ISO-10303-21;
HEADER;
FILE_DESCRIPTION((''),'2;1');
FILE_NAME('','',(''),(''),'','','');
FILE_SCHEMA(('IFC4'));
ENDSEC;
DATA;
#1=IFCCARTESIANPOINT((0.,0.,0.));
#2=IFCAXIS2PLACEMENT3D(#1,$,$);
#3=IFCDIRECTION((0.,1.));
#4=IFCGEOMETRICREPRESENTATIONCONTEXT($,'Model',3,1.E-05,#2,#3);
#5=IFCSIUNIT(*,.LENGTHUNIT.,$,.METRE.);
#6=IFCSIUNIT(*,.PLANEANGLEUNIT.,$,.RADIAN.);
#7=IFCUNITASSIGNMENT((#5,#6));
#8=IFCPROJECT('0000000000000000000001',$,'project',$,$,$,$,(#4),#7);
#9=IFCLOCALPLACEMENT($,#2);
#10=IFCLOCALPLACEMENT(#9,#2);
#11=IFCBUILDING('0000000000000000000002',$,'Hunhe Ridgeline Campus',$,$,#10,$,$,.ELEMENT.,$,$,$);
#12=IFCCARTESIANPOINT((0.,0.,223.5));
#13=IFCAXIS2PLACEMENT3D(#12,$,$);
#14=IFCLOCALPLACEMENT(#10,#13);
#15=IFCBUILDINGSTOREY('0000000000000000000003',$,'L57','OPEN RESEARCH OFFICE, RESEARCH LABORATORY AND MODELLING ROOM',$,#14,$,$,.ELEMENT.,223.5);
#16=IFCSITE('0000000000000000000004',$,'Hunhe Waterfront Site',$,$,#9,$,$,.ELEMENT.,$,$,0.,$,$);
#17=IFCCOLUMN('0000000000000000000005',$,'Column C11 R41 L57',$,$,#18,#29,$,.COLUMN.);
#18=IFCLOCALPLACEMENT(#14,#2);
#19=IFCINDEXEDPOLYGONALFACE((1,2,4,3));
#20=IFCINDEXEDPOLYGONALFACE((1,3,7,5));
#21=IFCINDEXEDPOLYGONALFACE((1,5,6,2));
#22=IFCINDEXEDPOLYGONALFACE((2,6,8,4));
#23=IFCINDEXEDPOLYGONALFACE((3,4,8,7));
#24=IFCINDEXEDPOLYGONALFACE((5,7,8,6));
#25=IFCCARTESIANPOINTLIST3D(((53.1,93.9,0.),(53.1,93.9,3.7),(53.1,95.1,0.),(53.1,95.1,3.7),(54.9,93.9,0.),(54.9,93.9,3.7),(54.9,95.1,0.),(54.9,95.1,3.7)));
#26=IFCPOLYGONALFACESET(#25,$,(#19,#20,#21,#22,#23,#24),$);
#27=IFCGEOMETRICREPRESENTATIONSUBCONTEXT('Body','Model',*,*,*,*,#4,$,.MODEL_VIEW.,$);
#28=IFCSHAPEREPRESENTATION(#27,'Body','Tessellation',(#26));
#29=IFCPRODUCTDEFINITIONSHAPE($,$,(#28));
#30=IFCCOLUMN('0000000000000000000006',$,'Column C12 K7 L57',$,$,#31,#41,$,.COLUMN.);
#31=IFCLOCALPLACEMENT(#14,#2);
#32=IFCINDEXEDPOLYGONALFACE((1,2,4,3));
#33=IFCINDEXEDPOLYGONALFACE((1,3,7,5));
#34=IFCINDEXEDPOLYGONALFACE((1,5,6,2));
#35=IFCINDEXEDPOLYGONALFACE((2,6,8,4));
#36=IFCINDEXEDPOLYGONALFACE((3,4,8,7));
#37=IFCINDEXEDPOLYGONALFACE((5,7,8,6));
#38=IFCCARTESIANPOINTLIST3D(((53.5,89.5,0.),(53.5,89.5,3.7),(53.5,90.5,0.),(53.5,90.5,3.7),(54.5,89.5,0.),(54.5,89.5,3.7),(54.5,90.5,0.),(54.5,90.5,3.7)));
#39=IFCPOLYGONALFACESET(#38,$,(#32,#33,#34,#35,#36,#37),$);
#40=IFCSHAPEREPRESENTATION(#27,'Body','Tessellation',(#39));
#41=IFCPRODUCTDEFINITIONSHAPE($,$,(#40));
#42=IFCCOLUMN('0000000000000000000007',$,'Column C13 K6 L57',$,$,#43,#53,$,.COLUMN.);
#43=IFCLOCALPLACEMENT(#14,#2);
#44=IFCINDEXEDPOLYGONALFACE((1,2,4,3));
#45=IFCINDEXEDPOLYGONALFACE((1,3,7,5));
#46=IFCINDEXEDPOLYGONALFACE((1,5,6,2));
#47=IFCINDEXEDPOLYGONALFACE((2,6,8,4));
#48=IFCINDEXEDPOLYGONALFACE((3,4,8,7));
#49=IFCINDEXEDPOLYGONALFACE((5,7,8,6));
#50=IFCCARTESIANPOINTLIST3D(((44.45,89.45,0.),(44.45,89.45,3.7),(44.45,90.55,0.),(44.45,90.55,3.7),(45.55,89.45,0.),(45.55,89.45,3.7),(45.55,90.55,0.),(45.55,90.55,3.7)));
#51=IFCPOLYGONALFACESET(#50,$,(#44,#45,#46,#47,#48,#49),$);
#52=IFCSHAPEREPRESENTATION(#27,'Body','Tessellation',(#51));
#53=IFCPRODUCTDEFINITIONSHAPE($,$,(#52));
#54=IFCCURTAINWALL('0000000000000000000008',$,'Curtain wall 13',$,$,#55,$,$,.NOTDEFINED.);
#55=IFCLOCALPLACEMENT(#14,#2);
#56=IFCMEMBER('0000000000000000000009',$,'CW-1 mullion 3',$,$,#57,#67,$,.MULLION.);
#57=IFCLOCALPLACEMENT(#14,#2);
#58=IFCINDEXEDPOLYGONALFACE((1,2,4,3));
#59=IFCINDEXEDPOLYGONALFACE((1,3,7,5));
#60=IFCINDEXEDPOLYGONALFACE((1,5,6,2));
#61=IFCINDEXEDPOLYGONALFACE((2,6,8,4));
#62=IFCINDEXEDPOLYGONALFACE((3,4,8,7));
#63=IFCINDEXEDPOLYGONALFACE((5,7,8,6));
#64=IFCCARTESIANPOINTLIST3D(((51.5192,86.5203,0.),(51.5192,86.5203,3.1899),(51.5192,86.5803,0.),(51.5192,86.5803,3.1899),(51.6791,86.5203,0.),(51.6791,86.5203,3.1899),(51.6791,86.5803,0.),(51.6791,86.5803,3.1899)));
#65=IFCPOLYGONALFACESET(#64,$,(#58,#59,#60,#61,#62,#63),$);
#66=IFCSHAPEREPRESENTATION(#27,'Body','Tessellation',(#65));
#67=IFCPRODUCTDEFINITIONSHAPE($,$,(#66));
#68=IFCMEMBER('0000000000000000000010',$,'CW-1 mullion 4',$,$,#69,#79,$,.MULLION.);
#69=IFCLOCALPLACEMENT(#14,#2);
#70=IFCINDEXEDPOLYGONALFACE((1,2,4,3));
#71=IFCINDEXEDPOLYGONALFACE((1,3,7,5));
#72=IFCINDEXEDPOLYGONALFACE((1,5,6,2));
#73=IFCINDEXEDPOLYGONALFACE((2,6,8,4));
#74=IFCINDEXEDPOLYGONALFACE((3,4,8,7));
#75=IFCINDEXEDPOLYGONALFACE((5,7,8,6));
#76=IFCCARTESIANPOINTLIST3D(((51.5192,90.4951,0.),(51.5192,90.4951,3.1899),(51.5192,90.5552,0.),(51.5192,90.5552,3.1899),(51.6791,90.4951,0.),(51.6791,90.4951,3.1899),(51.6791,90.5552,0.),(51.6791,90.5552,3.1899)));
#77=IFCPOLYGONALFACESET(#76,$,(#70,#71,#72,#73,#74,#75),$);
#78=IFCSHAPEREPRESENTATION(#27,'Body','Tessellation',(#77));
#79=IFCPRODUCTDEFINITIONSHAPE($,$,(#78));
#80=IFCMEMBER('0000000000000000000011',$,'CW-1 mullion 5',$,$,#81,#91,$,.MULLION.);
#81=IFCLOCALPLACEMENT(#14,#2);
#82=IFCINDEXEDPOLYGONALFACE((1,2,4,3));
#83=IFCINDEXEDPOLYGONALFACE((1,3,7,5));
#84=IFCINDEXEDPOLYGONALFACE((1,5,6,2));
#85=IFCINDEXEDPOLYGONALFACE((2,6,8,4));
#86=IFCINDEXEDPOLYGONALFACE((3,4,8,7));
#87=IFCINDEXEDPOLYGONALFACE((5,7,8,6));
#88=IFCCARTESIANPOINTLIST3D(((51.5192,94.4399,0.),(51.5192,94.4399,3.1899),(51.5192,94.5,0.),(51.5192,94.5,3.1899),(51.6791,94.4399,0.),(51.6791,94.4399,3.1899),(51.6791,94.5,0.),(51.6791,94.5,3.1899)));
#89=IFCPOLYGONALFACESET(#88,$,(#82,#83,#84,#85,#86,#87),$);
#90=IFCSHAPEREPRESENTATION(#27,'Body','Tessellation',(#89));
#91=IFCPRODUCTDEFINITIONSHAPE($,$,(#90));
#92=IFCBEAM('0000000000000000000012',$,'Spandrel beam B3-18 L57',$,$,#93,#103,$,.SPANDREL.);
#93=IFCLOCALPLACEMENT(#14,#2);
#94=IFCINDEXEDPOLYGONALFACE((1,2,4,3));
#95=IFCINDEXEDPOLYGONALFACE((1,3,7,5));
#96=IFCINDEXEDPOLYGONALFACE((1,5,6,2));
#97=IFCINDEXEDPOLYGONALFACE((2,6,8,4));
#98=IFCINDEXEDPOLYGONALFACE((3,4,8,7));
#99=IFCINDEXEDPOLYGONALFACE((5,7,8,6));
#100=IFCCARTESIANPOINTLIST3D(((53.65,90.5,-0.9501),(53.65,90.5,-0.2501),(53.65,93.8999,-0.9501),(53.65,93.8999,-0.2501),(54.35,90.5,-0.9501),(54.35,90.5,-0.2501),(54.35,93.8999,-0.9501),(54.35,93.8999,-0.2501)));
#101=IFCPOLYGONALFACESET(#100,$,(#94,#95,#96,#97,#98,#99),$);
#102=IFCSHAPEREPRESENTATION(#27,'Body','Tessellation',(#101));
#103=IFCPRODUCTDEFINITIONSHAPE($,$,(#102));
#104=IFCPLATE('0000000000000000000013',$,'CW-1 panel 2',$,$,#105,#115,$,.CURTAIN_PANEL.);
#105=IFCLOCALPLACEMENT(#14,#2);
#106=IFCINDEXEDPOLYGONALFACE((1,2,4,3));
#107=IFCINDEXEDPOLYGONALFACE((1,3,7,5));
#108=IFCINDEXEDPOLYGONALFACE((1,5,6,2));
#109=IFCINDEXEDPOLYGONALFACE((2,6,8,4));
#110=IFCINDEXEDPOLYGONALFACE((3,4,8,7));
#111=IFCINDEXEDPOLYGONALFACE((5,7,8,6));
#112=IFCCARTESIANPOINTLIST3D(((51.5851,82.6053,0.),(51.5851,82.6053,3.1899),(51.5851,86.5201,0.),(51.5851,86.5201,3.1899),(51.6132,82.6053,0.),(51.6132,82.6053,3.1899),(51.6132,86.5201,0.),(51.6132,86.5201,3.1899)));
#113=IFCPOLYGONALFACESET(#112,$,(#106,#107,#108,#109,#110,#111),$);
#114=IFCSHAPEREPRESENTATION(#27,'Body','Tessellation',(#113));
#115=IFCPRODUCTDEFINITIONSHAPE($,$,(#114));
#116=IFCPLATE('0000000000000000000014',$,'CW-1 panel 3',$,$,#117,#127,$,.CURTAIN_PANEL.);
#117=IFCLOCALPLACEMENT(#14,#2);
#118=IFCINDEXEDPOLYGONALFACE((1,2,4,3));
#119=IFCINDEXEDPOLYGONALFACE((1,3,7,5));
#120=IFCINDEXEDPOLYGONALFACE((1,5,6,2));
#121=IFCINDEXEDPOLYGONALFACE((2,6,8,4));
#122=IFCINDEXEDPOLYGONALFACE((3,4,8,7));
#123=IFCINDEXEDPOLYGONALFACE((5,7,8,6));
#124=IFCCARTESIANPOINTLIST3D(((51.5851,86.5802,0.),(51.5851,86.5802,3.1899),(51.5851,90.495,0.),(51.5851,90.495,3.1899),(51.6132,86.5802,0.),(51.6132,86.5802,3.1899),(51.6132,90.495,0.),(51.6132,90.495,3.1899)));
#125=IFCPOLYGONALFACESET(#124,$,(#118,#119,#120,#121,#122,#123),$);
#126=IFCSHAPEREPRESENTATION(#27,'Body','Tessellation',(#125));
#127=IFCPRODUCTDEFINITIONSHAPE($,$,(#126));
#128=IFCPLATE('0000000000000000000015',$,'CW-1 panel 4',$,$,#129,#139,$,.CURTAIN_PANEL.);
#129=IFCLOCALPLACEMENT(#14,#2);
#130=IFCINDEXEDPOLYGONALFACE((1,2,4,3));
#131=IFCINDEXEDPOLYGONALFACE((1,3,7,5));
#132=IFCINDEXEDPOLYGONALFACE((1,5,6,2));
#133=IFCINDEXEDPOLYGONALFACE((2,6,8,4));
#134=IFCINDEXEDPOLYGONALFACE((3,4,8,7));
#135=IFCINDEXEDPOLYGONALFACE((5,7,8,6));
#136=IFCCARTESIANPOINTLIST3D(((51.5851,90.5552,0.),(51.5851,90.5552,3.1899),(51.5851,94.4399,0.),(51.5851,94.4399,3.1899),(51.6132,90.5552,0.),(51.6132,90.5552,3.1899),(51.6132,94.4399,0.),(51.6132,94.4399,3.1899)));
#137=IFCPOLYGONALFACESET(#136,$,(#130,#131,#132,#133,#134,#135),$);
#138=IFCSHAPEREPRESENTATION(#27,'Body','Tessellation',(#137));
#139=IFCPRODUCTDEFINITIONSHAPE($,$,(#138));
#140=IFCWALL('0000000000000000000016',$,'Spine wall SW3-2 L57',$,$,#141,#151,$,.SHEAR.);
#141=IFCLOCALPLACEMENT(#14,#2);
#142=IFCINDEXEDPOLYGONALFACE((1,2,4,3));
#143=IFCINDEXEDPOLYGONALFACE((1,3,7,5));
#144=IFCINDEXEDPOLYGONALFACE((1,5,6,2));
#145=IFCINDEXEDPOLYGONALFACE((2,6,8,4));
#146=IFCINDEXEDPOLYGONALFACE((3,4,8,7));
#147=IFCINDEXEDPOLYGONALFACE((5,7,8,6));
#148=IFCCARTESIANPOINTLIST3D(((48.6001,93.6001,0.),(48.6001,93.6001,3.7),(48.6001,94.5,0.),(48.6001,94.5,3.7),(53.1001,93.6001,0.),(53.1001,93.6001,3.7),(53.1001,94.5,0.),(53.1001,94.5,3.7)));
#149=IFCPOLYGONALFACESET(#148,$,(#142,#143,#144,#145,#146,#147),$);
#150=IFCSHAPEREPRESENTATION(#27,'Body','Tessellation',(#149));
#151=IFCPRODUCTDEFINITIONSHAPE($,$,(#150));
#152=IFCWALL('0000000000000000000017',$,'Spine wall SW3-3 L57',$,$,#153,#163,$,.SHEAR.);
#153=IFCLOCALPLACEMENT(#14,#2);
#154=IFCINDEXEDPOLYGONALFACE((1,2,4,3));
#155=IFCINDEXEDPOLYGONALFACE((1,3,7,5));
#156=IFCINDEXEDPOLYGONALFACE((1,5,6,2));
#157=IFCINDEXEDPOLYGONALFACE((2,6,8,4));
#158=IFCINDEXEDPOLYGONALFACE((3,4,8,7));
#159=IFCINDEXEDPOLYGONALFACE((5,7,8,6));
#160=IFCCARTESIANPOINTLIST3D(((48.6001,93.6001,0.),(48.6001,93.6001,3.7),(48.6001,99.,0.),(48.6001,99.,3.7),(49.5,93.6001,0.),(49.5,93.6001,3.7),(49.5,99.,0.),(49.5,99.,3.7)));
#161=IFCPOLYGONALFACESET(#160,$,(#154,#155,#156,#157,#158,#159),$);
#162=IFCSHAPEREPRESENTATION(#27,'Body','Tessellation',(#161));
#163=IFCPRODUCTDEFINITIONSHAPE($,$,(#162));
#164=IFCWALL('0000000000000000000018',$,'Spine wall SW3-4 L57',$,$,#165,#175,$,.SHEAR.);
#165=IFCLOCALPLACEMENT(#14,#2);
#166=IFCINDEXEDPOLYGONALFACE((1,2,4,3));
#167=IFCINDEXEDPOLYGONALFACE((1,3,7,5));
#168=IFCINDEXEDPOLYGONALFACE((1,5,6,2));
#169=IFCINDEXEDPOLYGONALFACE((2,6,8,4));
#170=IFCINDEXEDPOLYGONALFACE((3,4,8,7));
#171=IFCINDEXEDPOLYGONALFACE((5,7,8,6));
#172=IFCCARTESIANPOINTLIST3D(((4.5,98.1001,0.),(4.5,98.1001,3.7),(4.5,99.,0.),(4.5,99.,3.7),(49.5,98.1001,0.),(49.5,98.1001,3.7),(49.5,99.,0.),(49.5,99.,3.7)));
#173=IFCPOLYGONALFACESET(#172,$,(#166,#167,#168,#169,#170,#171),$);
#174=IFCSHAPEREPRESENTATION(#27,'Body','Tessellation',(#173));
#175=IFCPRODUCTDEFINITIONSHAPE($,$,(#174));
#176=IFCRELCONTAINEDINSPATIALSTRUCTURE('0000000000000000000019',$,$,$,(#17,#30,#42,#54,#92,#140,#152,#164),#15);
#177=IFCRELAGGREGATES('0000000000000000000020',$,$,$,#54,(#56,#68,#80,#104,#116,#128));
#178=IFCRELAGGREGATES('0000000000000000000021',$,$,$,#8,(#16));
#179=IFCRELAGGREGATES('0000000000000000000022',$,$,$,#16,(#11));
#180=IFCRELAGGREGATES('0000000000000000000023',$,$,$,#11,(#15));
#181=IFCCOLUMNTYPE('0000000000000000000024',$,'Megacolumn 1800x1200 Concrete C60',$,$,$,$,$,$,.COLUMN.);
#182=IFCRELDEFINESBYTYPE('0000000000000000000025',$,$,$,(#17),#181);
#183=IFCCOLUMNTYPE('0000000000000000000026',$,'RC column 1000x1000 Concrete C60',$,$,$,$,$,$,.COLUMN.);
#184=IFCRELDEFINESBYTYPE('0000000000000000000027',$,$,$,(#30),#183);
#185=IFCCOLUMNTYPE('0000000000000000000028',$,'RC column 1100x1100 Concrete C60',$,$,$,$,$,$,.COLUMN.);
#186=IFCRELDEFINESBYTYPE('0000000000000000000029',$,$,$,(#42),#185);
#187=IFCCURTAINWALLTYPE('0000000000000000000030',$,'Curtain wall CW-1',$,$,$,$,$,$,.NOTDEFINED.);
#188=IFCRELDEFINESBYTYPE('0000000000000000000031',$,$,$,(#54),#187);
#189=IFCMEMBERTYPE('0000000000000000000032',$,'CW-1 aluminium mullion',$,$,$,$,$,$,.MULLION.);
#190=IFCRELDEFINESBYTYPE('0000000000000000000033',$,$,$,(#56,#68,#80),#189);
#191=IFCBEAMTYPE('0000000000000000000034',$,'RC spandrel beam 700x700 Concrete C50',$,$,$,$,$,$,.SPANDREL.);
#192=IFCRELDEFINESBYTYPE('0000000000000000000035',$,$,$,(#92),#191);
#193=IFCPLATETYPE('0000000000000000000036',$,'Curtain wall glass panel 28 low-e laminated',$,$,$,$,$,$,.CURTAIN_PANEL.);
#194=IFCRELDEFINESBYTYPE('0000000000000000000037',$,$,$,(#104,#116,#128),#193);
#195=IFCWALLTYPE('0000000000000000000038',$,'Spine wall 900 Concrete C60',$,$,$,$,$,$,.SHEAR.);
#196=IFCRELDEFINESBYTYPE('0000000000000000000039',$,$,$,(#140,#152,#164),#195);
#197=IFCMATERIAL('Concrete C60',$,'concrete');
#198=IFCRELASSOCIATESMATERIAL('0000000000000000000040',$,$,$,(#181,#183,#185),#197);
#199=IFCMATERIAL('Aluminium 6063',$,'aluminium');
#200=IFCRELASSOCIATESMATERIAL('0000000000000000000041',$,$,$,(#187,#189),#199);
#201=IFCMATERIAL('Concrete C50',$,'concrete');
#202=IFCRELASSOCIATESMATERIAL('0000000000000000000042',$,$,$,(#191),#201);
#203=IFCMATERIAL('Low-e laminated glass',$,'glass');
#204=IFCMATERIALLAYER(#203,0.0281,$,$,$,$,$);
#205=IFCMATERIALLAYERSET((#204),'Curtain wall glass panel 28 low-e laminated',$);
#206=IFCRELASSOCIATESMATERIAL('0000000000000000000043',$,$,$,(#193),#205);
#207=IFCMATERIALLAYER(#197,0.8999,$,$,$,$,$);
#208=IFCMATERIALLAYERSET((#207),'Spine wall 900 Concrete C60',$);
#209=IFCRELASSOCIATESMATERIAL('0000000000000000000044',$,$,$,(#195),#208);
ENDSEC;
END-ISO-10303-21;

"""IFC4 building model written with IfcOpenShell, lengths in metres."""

from ifc_helpers import new_model, si_unit, direction, frame, frame_2d, origin, origin_2d, place, context, subcontext, project, spatial, rectangle, extrude, material, layer, layer_set, material_profile, profile_set, type_object, element, aggregate, save


model = new_model("IFC4")

# Units and contexts
model_context = context("Model", 3, precision=1e-05, world=origin(), true_north=direction((0.0, 1.0)))
body_context = subcontext(model_context, "Body", "Model", "MODEL_VIEW")
ifc_project = project(units=[si_unit("LENGTHUNIT", "METRE"), si_unit("PLANEANGLEUNIT", "RADIAN")], contexts=[model_context])

# Site, building, storey
site_placement = place(None, origin())
site = spatial("IfcSite", under=ifc_project, at=site_placement, Name="Hunhe Waterfront Site", CompositionType="ELEMENT", RefElevation=0.0)
building_placement = place(site_placement, origin())
building = spatial("IfcBuilding", under=site, at=building_placement, Name="Hunhe Ridgeline Campus", CompositionType="ELEMENT")
storey_placement = place(building_placement, frame((0.0, 0.0, 223.5)))
storey = spatial("IfcBuildingStorey", under=building, at=storey_placement, Name="L57", Description="OPEN RESEARCH OFFICE, RESEARCH LABORATORY AND MODELLING ROOM", CompositionType="ELEMENT", Elevation=223.5)

# Columns
ifc_material_1 = material(Name="Concrete C60", Category="concrete")
ifc_material_profile_1 = material_profile(ifc_material_1, rectangle(XDim=1.8, YDim=1.2, at=origin_2d()))
ifc_profile_set_1 = profile_set([ifc_material_profile_1], Name="Concrete C60")
column_type_1 = type_object("IfcColumnType", Name="Megacolumn 1800x1200 Concrete C60", PredefinedType="COLUMN", material=ifc_profile_set_1)
column_1_placement = place(storey_placement, frame((54.0, 94.5, 0.0), z_axis=(0.0, 0.0, 1.0), x_axis=(1.0, 0.0, 0.0)))
element("IfcColumn", 1, at=column_1_placement, inside=storey, type_object=column_type_1, Name="Column C11 R41 L57", PredefinedType="COLUMN", context=body_context, shape_type="SweptSolid", body=[
    extrude(rectangle(XDim=1.8, YDim=1.2, at=origin_2d()), origin(), (0.0, 0.0, 1.0), 3.7),
])
ifc_material_profile_2 = material_profile(ifc_material_1, rectangle(XDim=1.0, YDim=1.0, at=origin_2d()))
ifc_profile_set_2 = profile_set([ifc_material_profile_2], Name="Concrete C60")
column_type_2 = type_object("IfcColumnType", Name="RC column 1000x1000 Concrete C60", PredefinedType="COLUMN", material=ifc_profile_set_2)
column_2_placement = place(storey_placement, frame((54.0, 90.0, 0.0), z_axis=(0.0, 0.0, 1.0), x_axis=(1.0, 0.0, 0.0)))
element("IfcColumn", 2, at=column_2_placement, inside=storey, type_object=column_type_2, Name="Column C12 K7 L57", PredefinedType="COLUMN", context=body_context, shape_type="SweptSolid", body=[
    extrude(rectangle(XDim=1.0, YDim=1.0, at=origin_2d()), origin(), (0.0, 0.0, 1.0), 3.7),
])
ifc_material_profile_3 = material_profile(ifc_material_1, rectangle(XDim=1.1001, YDim=1.1001, at=origin_2d()))
ifc_profile_set_3 = profile_set([ifc_material_profile_3], Name="Concrete C60")
column_type_3 = type_object("IfcColumnType", Name="RC column 1100x1100 Concrete C60", PredefinedType="COLUMN", material=ifc_profile_set_3)
column_3_placement = place(storey_placement, frame((45.0, 90.0, 0.0), z_axis=(0.0, 0.0, 1.0), x_axis=(1.0, 0.0, 0.0)))
element("IfcColumn", 3, at=column_3_placement, inside=storey, type_object=column_type_3, Name="Column C13 K6 L57", PredefinedType="COLUMN", context=body_context, shape_type="SweptSolid", body=[
    extrude(rectangle(XDim=1.1001, YDim=1.1001, at=origin_2d()), origin(), (0.0, 0.0, 1.0), 3.7),
])

# Curtain wall, members
ifc_material_2 = material(Name="Aluminium 6063", Category="aluminium")
curtain_wall_type = type_object("IfcCurtainWallType", Name="Curtain wall CW-1", PredefinedType="NOTDEFINED", material=ifc_material_2)
curtain_wall_placement = place(storey_placement, origin())
curtain_wall = element("IfcCurtainWall", 4, at=curtain_wall_placement, inside=storey, type_object=curtain_wall_type, Name="Curtain wall 13", PredefinedType="NOTDEFINED")
ifc_material_profile_4 = material_profile(ifc_material_2, rectangle(XDim=0.1599, YDim=0.0601, at=origin_2d()))
ifc_profile_set_4 = profile_set([ifc_material_profile_4], Name="Aluminium 6063")
member_type = type_object("IfcMemberType", Name="CW-1 aluminium mullion", PredefinedType="MULLION", material=ifc_profile_set_4)
member_1_placement = place(storey_placement, frame((51.5991, 86.5503, 0.0), z_axis=(0.0, 0.0, 1.0), x_axis=(-1.0, 0.0, 0.0)))
member_1 = element("IfcMember", 5, at=member_1_placement, type_object=member_type, Name="CW-1 mullion 3", PredefinedType="MULLION", context=body_context, shape_type="SweptSolid", body=[
    extrude(rectangle(XDim=0.1599, YDim=0.0601, at=origin_2d()), origin(), (0.0, 0.0, 1.0), 3.1899),
])
member_2_placement = place(storey_placement, frame((51.5991, 90.5251, 0.0), z_axis=(0.0, 0.0, 1.0), x_axis=(-1.0, 0.0, 0.0)))
member_2 = element("IfcMember", 6, at=member_2_placement, type_object=member_type, Name="CW-1 mullion 4", PredefinedType="MULLION", context=body_context, shape_type="SweptSolid", body=[
    extrude(rectangle(XDim=0.1599, YDim=0.0601, at=origin_2d()), origin(), (0.0, 0.0, 1.0), 3.1899),
])
member_3_placement = place(storey_placement, frame((51.5991, 94.47, 0.0), z_axis=(0.0, 0.0, 1.0), x_axis=(-1.0, 0.0, 0.0)))
member_3 = element("IfcMember", 7, at=member_3_placement, type_object=member_type, Name="CW-1 mullion 5", PredefinedType="MULLION", context=body_context, shape_type="SweptSolid", body=[
    extrude(rectangle(XDim=0.1599, YDim=0.0601, at=origin_2d()), origin(), (0.0, 0.0, 1.0), 3.1899),
])

# Beam
ifc_material_3 = material(Name="Concrete C50", Category="concrete")
ifc_material_profile_5 = material_profile(ifc_material_3, rectangle(XDim=0.7, YDim=0.7, at=origin_2d()))
ifc_profile_set_5 = profile_set([ifc_material_profile_5], Name="Concrete C50")
beam_type = type_object("IfcBeamType", Name="RC spandrel beam 700x700 Concrete C50", PredefinedType="SPANDREL", material=ifc_profile_set_5)
beam_placement = place(storey_placement, frame((54.0, 90.5, -0.6001), z_axis=(0.0, 1.0, 0.0), x_axis=(-1.0, 0.0, 0.0)))
element("IfcBeam", 8, at=beam_placement, inside=storey, type_object=beam_type, Name="Spandrel beam B3-18 L57", PredefinedType="SPANDREL", context=body_context, shape_type="SweptSolid", body=[
    extrude(rectangle(XDim=0.7, YDim=0.7, at=origin_2d()), origin(), (0.0, 0.0, 1.0), 3.3999),
])

# Plates
ifc_material_4 = material(Name="Low-e laminated glass", Category="glass")
ifc_layer_1 = layer(ifc_material_4, 0.0281)
ifc_layer_set_1 = layer_set([ifc_layer_1], Name="Curtain wall glass panel 28 low-e laminated")
plate_type = type_object("IfcPlateType", Name="Curtain wall glass panel 28 low-e laminated", PredefinedType="CURTAIN_PANEL", material=ifc_layer_set_1)
plate_1_placement = place(storey_placement, frame((51.5991, 84.5627, 0.0), z_axis=(0.0, 0.0, 1.0), x_axis=(0.0, 1.0, 0.0)))
plate_1 = element("IfcPlate", 9, at=plate_1_placement, type_object=plate_type, Name="CW-1 panel 2", PredefinedType="CURTAIN_PANEL", context=body_context, shape_type="SweptSolid", body=[
    extrude(rectangle(XDim=3.9148, YDim=0.0281, at=origin_2d()), origin(), (0.0, 0.0, 1.0), 3.1899),
])
plate_2_placement = place(storey_placement, frame((51.5991, 88.5376, 0.0), z_axis=(0.0, 0.0, 1.0), x_axis=(0.0, 1.0, 0.0)))
plate_2 = element("IfcPlate", 10, at=plate_2_placement, type_object=plate_type, Name="CW-1 panel 3", PredefinedType="CURTAIN_PANEL", context=body_context, shape_type="SweptSolid", body=[
    extrude(rectangle(XDim=3.9148, YDim=0.0281, at=origin_2d()), origin(), (0.0, 0.0, 1.0), 3.1899),
])
plate_3_placement = place(storey_placement, frame((51.5991, 92.4976, 0.0), z_axis=(0.0, 0.0, 1.0), x_axis=(0.0, 1.0, 0.0)))
plate_3 = element("IfcPlate", 11, at=plate_3_placement, type_object=plate_type, Name="CW-1 panel 4", PredefinedType="CURTAIN_PANEL", context=body_context, shape_type="SweptSolid", body=[
    extrude(rectangle(XDim=3.8848, YDim=0.0281, at=origin_2d()), origin(), (0.0, 0.0, 1.0), 3.1899),
])
aggregate(curtain_wall, [member_1, member_2, member_3, plate_1, plate_2, plate_3])

# Walls
ifc_layer_2 = layer(ifc_material_1, 0.8999)
ifc_layer_set_2 = layer_set([ifc_layer_2], Name="Spine wall 900 Concrete C60")
wall_type_1 = type_object("IfcWallType", Name="Spine wall 900 Concrete C60", PredefinedType="SHEAR", material=ifc_layer_set_2)
wall_1_placement = place(storey_placement, frame((53.1001, 94.05, 0.0), z_axis=(0.0, 0.0, 1.0), x_axis=(-1.0, 0.0, 0.0)))
element("IfcWall", 12, at=wall_1_placement, inside=storey, type_object=wall_type_1, Name="Spine wall SW3-2 L57", PredefinedType="SHEAR", context=body_context, shape_type="SweptSolid", body=[
    extrude(rectangle(XDim=4.5, YDim=0.8999, at=frame_2d((2.25, 0.0))), origin(), (0.0, 0.0, 1.0), 3.7),
])
wall_2_placement = place(storey_placement, frame((49.05, 93.6001, 0.0), z_axis=(0.0, 0.0, 1.0), x_axis=(0.0, 1.0, 0.0)))
element("IfcWall", 13, at=wall_2_placement, inside=storey, type_object=wall_type_1, Name="Spine wall SW3-3 L57", PredefinedType="SHEAR", context=body_context, shape_type="SweptSolid", body=[
    extrude(rectangle(XDim=5.3999, YDim=0.8999, at=frame_2d((2.7, 0.0))), origin(), (0.0, 0.0, 1.0), 3.7),
])
wall_3_placement = place(storey_placement, frame((49.5, 98.55, 0.0), z_axis=(0.0, 0.0, 1.0), x_axis=(-1.0, 0.0, 0.0)))
element("IfcWall", 14, at=wall_3_placement, inside=storey, type_object=wall_type_1, Name="Spine wall SW3-4 L57", PredefinedType="SHEAR", context=body_context, shape_type="SweptSolid", body=[
    extrude(rectangle(XDim=45.0, YDim=0.8999, at=frame_2d((22.5, 0.0))), origin(), (0.0, 0.0, 1.0), 3.7),
])

save(model, "model.ifc")
